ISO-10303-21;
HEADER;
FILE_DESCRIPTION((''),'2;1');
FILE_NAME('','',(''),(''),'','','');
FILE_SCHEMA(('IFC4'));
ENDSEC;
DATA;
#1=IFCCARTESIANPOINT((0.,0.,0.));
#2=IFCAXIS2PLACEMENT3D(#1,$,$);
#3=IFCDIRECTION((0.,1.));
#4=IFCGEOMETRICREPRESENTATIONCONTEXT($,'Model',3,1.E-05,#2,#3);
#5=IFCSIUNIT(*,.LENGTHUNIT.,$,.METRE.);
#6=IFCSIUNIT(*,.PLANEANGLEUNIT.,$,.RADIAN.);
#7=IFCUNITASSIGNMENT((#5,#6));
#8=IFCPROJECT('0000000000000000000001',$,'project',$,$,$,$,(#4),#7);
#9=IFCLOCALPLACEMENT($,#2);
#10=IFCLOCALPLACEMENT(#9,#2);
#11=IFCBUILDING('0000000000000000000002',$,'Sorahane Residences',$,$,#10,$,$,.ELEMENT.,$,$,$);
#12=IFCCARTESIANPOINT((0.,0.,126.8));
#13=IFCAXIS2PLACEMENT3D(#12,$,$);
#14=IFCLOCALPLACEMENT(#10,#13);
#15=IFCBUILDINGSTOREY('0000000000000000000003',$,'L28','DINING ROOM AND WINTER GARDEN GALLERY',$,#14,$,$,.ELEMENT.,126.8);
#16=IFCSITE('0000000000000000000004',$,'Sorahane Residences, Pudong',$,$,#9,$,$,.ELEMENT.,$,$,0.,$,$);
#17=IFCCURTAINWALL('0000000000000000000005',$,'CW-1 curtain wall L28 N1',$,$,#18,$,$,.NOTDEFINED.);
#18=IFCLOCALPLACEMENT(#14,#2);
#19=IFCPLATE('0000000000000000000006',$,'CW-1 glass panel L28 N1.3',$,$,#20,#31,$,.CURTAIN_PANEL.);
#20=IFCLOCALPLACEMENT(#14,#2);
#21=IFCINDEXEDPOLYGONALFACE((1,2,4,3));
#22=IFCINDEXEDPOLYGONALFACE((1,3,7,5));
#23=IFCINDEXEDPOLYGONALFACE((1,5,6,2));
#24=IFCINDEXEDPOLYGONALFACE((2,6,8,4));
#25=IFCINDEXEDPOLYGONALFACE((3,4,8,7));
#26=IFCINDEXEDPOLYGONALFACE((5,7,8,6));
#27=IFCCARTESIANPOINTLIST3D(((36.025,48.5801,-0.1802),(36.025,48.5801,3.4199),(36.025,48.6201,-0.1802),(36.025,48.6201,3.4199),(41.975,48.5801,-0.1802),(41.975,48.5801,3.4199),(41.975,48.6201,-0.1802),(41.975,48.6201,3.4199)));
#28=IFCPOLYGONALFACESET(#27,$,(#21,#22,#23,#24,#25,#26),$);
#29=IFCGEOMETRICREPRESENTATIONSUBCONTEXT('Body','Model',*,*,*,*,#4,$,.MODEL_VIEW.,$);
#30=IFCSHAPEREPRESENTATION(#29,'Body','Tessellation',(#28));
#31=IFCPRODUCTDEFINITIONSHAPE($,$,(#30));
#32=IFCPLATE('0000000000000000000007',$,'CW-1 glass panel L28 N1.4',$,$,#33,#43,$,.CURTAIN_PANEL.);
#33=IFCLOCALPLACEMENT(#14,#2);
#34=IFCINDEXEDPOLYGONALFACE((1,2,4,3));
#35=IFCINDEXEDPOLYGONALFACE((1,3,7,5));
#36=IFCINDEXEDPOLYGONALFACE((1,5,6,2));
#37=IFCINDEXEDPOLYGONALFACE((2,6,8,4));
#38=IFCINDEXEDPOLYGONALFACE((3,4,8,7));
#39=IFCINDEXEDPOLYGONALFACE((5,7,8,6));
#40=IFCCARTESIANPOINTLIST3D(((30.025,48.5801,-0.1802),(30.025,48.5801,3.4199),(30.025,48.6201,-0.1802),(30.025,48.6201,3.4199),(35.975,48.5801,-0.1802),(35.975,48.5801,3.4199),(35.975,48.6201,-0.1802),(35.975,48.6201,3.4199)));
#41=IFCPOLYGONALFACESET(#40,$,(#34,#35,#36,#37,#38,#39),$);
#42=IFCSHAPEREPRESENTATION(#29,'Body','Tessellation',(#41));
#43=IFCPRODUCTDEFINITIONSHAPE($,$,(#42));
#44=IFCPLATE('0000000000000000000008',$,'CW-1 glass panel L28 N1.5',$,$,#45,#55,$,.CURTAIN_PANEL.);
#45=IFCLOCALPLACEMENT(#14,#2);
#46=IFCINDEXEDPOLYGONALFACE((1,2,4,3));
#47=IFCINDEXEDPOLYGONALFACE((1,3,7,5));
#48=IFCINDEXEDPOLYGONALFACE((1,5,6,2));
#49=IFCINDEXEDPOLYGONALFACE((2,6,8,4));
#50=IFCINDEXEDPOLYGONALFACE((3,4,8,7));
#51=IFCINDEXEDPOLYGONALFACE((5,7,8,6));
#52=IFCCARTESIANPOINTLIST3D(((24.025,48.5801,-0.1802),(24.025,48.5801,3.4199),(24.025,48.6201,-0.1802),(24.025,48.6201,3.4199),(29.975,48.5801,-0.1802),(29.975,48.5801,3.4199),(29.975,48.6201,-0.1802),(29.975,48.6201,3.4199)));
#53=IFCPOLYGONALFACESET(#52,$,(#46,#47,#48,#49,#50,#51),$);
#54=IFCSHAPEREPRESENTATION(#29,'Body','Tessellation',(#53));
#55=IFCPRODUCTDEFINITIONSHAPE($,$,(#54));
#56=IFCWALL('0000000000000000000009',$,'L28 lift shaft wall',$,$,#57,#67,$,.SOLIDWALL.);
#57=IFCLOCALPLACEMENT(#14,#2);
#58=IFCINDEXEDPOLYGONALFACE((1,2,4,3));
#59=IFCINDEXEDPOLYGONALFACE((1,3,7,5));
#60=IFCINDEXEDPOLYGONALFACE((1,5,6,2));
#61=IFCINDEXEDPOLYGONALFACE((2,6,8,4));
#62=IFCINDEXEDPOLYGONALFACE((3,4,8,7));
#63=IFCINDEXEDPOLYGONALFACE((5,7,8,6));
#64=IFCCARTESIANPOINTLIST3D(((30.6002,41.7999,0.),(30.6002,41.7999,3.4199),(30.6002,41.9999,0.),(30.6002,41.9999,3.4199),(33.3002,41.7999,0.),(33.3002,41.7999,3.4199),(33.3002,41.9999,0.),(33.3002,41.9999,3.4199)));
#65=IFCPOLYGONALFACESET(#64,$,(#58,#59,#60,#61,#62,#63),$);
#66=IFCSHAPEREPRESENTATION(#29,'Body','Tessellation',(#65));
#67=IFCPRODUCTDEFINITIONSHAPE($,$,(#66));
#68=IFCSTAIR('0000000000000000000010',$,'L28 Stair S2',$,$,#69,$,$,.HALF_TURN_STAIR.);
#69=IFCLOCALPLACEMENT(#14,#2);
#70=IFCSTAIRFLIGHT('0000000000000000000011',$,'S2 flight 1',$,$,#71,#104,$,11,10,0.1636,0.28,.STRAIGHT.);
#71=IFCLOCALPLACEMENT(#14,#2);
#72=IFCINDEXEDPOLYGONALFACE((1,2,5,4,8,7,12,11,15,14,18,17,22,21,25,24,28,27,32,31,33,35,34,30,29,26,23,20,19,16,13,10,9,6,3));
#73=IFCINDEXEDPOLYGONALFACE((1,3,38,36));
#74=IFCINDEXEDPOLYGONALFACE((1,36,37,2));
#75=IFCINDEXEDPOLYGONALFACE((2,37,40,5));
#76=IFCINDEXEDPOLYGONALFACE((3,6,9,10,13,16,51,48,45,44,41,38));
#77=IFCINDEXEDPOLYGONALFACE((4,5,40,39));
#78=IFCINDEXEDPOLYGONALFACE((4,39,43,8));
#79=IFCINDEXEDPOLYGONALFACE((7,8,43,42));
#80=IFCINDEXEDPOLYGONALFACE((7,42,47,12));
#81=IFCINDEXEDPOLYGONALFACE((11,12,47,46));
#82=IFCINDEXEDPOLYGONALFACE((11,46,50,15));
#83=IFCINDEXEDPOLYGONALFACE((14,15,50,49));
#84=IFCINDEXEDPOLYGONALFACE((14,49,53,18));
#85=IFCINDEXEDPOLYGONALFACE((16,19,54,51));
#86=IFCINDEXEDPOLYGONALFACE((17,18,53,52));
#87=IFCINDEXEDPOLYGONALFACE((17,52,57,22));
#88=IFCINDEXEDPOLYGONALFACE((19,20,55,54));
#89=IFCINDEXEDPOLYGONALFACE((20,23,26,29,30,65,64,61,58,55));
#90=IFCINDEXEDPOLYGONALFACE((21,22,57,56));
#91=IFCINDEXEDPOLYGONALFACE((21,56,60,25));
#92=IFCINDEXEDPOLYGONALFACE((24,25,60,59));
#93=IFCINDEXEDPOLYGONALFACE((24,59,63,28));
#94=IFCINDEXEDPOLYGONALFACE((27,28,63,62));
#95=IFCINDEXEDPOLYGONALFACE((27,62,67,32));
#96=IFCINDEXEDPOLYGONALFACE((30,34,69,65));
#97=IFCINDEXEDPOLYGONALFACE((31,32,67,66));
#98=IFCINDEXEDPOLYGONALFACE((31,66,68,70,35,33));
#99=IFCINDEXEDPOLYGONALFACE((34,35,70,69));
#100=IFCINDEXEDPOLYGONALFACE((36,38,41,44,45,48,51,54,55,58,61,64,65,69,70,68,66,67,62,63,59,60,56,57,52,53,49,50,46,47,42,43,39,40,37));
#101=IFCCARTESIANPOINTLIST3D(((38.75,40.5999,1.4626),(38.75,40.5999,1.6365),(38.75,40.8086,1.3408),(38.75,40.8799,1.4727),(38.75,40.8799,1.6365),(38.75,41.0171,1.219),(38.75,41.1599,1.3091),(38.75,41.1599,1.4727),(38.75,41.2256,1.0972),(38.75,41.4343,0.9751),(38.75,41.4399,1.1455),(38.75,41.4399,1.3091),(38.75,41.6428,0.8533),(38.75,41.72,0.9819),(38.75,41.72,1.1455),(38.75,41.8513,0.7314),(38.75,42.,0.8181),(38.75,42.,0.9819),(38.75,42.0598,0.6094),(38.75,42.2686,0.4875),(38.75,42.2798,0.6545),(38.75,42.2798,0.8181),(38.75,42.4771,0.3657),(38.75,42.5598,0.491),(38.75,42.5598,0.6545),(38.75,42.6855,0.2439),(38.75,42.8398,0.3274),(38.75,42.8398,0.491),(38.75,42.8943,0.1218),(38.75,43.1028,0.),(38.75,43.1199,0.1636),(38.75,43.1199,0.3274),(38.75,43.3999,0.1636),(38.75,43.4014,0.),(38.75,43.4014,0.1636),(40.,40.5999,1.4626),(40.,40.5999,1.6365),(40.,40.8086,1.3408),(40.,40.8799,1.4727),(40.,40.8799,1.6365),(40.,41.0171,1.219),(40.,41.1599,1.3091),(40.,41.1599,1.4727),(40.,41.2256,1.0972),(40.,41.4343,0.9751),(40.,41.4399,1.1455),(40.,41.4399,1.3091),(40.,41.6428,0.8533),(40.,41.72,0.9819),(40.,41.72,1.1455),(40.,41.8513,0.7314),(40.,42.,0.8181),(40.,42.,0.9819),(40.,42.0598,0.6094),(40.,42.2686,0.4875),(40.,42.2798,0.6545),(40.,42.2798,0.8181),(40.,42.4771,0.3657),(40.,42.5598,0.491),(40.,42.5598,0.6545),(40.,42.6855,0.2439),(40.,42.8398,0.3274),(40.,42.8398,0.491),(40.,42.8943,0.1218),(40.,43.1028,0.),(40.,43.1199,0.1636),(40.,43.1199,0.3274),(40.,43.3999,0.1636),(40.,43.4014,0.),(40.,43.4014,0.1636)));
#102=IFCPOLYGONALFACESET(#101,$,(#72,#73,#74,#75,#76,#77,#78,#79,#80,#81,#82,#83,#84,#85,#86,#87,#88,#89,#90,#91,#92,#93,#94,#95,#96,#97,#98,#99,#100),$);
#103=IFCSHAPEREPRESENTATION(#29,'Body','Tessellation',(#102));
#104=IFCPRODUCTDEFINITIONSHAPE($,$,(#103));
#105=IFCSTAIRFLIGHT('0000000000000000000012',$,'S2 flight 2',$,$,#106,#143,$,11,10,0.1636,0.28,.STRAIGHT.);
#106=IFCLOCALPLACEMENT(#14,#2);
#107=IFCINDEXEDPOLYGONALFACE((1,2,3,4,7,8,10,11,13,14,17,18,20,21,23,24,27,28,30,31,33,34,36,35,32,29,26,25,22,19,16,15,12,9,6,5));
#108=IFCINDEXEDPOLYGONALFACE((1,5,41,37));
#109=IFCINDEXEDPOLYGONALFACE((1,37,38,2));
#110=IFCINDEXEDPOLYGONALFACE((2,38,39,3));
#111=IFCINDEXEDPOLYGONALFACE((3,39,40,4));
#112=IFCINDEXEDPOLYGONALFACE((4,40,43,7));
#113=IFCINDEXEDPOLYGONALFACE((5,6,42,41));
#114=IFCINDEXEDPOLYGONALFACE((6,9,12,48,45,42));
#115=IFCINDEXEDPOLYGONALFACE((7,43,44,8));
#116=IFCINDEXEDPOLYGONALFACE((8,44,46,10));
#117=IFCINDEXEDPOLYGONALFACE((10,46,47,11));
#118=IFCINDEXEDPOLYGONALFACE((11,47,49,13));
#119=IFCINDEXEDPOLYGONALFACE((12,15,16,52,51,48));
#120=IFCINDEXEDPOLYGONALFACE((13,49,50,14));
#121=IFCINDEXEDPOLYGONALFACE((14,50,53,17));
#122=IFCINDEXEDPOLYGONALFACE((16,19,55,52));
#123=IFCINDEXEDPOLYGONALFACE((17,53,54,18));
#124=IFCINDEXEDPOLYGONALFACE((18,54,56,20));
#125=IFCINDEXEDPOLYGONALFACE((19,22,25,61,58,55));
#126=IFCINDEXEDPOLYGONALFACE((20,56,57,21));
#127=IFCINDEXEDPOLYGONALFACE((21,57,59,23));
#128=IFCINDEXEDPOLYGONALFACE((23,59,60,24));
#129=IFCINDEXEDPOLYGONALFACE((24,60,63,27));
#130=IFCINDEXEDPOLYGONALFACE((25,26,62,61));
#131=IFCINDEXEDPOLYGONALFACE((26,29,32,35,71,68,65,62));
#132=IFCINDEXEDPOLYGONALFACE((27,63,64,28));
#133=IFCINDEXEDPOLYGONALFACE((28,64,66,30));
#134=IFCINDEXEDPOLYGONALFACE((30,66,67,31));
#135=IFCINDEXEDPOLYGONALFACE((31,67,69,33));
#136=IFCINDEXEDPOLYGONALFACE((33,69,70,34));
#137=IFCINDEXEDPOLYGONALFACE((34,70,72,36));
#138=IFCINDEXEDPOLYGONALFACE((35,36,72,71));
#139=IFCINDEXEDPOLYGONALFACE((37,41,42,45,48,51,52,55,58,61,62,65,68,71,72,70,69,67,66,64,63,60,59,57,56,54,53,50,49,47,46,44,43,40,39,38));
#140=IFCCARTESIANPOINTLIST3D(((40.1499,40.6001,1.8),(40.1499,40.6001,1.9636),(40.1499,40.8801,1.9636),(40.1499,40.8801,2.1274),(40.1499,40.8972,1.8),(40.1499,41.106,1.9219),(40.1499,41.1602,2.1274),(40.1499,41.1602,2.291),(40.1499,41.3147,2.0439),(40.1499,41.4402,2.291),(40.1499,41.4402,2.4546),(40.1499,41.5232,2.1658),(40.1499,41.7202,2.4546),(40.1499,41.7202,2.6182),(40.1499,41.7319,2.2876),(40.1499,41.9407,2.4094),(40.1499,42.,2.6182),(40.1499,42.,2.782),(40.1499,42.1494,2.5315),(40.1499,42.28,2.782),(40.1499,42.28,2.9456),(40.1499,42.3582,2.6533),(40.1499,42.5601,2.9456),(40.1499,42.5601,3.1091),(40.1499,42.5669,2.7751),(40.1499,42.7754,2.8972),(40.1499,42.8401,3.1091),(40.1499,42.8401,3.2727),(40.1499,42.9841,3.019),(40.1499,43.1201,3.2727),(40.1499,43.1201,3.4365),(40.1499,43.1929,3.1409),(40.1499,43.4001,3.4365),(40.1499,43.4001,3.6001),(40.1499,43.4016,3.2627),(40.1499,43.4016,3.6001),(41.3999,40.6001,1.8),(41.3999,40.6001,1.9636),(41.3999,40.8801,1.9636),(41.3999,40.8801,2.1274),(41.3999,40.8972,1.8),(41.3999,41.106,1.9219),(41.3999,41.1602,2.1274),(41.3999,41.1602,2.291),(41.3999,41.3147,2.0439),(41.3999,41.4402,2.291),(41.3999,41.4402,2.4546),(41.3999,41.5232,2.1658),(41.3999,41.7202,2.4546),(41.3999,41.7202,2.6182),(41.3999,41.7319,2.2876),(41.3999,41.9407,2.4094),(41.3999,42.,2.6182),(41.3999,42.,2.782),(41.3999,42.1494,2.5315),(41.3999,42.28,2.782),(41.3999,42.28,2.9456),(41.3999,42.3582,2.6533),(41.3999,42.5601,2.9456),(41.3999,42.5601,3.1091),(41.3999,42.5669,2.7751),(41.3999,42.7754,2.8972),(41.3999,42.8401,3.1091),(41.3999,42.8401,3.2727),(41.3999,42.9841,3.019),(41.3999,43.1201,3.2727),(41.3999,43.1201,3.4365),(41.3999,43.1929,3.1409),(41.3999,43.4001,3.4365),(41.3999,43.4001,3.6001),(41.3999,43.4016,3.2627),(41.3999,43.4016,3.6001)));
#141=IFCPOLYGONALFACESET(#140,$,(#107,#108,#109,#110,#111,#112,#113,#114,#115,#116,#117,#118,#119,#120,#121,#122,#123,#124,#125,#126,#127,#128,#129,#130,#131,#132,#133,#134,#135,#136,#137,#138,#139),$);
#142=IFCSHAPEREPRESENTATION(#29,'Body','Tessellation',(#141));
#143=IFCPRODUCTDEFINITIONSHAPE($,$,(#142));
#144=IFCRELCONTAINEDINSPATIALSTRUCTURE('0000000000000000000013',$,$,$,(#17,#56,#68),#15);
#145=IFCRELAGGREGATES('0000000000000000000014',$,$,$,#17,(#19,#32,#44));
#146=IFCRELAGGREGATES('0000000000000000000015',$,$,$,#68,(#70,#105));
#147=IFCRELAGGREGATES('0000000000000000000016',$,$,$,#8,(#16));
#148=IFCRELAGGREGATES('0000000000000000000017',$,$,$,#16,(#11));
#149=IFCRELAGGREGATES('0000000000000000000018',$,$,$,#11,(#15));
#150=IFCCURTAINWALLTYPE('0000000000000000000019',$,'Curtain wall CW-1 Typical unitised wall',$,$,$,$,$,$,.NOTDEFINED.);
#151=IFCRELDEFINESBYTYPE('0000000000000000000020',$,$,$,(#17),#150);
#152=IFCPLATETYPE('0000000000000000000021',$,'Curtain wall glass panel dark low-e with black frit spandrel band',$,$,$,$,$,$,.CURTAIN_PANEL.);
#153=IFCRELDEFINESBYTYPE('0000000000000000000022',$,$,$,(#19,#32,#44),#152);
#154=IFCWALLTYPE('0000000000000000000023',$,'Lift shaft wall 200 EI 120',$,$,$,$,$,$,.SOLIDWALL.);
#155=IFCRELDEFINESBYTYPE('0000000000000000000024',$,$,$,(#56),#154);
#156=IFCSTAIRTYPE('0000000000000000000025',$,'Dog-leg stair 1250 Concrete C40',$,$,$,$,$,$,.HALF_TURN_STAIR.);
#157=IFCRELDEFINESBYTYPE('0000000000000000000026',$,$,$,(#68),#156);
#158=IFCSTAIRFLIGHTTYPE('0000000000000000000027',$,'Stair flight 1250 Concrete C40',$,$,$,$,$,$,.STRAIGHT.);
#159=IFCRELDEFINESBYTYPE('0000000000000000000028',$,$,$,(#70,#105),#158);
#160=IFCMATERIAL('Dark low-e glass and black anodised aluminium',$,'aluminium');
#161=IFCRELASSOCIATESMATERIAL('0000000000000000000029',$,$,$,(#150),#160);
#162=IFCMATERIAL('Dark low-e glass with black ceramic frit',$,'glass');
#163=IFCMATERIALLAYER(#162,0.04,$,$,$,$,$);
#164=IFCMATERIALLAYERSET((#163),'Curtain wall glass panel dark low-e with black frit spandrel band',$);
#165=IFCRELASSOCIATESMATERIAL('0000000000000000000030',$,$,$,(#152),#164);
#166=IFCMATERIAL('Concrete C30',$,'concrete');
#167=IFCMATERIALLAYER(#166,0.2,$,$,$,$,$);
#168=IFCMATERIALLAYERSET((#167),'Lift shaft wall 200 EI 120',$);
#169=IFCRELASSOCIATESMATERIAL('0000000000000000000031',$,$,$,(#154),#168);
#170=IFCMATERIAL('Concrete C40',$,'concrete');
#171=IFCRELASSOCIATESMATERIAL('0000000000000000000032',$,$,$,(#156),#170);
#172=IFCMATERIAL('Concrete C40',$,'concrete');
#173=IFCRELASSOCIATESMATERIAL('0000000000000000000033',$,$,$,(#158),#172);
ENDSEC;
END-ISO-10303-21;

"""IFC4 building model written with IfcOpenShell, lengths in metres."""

from ifc_helpers import new_model, si_unit, direction, frame, frame_2d, origin, origin_2d, place, context, subcontext, project, spatial, polyline, rectangle, outline, extrude, material, layer, layer_set, type_object, element, aggregate, save


model = new_model("IFC4")

# Units and contexts
model_context = context("Model", 3, precision=1e-05, world=origin(), true_north=direction((0.0, 1.0)))
body_context = subcontext(model_context, "Body", "Model", "MODEL_VIEW")
ifc_project = project(units=[si_unit("LENGTHUNIT", "METRE"), si_unit("PLANEANGLEUNIT", "RADIAN")], contexts=[model_context])

# Site, building, storey
site_placement = place(None, origin())
site = spatial("IfcSite", under=ifc_project, at=site_placement, Name="Sorahane Residences, Pudong", CompositionType="ELEMENT", RefElevation=0.0)
building_placement = place(site_placement, origin())
building = spatial("IfcBuilding", under=site, at=building_placement, Name="Sorahane Residences", CompositionType="ELEMENT")
storey_placement = place(building_placement, frame((0.0, 0.0, 126.8)))
storey = spatial("IfcBuildingStorey", under=building, at=storey_placement, Name="L28", Description="DINING ROOM AND WINTER GARDEN GALLERY", CompositionType="ELEMENT", Elevation=126.8)

# Curtain wall
ifc_material_1 = material(Name="Dark low-e glass and black anodised aluminium", Category="aluminium")
curtain_wall_type = type_object("IfcCurtainWallType", Name="Curtain wall CW-1 Typical unitised wall", PredefinedType="NOTDEFINED", material=ifc_material_1)
curtain_wall_placement = place(storey_placement, origin())
curtain_wall = element("IfcCurtainWall", 1, at=curtain_wall_placement, inside=storey, type_object=curtain_wall_type, Name="CW-1 curtain wall L28 N1", PredefinedType="NOTDEFINED")

# Plates
ifc_material_2 = material(Name="Dark low-e glass with black ceramic frit", Category="glass")
ifc_layer_1 = layer(ifc_material_2, 0.04)
ifc_layer_set_1 = layer_set([ifc_layer_1], Name="Curtain wall glass panel dark low-e with black frit spandrel band")
plate_type = type_object("IfcPlateType", Name="Curtain wall glass panel dark low-e with black frit spandrel band", PredefinedType="CURTAIN_PANEL", material=ifc_layer_set_1)
plate_1_placement = place(storey_placement, frame((39.0, 48.6001, -0.1802), z_axis=(0.0, 0.0, 1.0), x_axis=(-1.0, 0.0, 0.0)))
plate_1 = element("IfcPlate", 2, at=plate_1_placement, type_object=plate_type, Name="CW-1 glass panel L28 N1.3", PredefinedType="CURTAIN_PANEL", context=body_context, shape_type="SweptSolid", body=[
    extrude(rectangle(XDim=5.95, YDim=0.04, at=origin_2d()), origin(), (0.0, 0.0, 1.0), 3.6001),
])
plate_2_placement = place(storey_placement, frame((33.0, 48.6001, -0.1802), z_axis=(0.0, 0.0, 1.0), x_axis=(-1.0, 0.0, 0.0)))
plate_2 = element("IfcPlate", 3, at=plate_2_placement, type_object=plate_type, Name="CW-1 glass panel L28 N1.4", PredefinedType="CURTAIN_PANEL", context=body_context, shape_type="SweptSolid", body=[
    extrude(rectangle(XDim=5.95, YDim=0.04, at=origin_2d()), origin(), (0.0, 0.0, 1.0), 3.6001),
])
plate_3_placement = place(storey_placement, frame((27.0, 48.6001, -0.1802), z_axis=(0.0, 0.0, 1.0), x_axis=(-1.0, 0.0, 0.0)))
plate_3 = element("IfcPlate", 4, at=plate_3_placement, type_object=plate_type, Name="CW-1 glass panel L28 N1.5", PredefinedType="CURTAIN_PANEL", context=body_context, shape_type="SweptSolid", body=[
    extrude(rectangle(XDim=5.95, YDim=0.04, at=origin_2d()), origin(), (0.0, 0.0, 1.0), 3.6001),
])
aggregate(curtain_wall, [plate_1, plate_2, plate_3])

# Wall
ifc_material_3 = material(Name="Concrete C30", Category="concrete")
ifc_layer_2 = layer(ifc_material_3, 0.2)
ifc_layer_set_2 = layer_set([ifc_layer_2], Name="Lift shaft wall 200 EI 120")
wall_type = type_object("IfcWallType", Name="Lift shaft wall 200 EI 120", PredefinedType="SOLIDWALL", material=ifc_layer_set_2)
wall_placement = place(storey_placement, frame((30.6001, 41.8999, 0.0), z_axis=(0.0, 0.0, 1.0), x_axis=(1.0, 0.0, 0.0)))
element("IfcWall", 5, at=wall_placement, inside=storey, type_object=wall_type, Name="L28 lift shaft wall", PredefinedType="SOLIDWALL", context=body_context, shape_type="SweptSolid", body=[
    extrude(rectangle(XDim=2.7, YDim=0.2, at=frame_2d((1.3501, 0.0))), origin(), (0.0, 0.0, 1.0), 3.4199),
])

# Stair, stair flights
ifc_material_4 = material(Name="Concrete C40", Category="concrete")
stair_type = type_object("IfcStairType", Name="Dog-leg stair 1250 Concrete C40", PredefinedType="HALF_TURN_STAIR", material=ifc_material_4)
stair_placement = place(storey_placement, origin())
stair = element("IfcStair", 6, at=stair_placement, inside=storey, type_object=stair_type, Name="L28 Stair S2", PredefinedType="HALF_TURN_STAIR")
ifc_material_5 = material(Name="Concrete C40", Category="concrete")
stair_flight_type = type_object("IfcStairFlightType", Name="Stair flight 1250 Concrete C40", PredefinedType="STRAIGHT", material=ifc_material_5)
stair_flight_1_placement = place(storey_placement, frame((39.375, 43.3999, 0.0), z_axis=(0.0, 0.0, 1.0), x_axis=(0.0, -1.0, 0.0)))
stair_flight_1 = element("IfcStairFlight", 7, at=stair_flight_1_placement, type_object=stair_flight_type, Name="S2 flight 1", NumberOfRisers=11, NumberOfTreads=10, PredefinedType="STRAIGHT", RiserHeight=0.1636, TreadLength=0.28, context=body_context, shape_type="SweptSolid", body=[
    extrude(outline(polyline([(-0.0015, 0.0), (-0.0015, 0.1636), (0.0, 0.1636), (0.28, 0.1636), (0.28, 0.3274), (0.5601, 0.3274), (0.5601, 0.491), (0.8401, 0.491), (0.8401, 0.6545), (1.1201, 0.6545), (1.1201, 0.8181), (1.3999, 0.8181), (1.3999, 0.9819), (1.6799, 0.9819), (1.6799, 1.1455), (1.96, 1.1455), (1.96, 1.3091), (2.24, 1.3091), (2.24, 1.4727), (2.52, 1.4727), (2.52, 1.6365), (2.8, 1.6365), (2.8, 1.8), (2.8, 1.4626), (2.5913, 1.3408), (2.3828, 1.219), (2.1743, 1.0972), (1.9656, 0.9751), (1.7571, 0.8533), (1.5486, 0.7314), (1.3401, 0.6094), (1.1313, 0.4875), (0.9229, 0.3657), (0.7144, 0.2439), (0.5056, 0.1218), (0.2971, 0.0), (-0.0015, 0.0)])), frame((0.0, 0.625, 0.0), z_axis=(0.0, -1.0, 0.0), x_axis=(1.0, 0.0, 0.0)), (0.0, 0.0, 1.0), 1.25),
])
stair_flight_2_placement = place(storey_placement, frame((40.7749, 40.6001, 1.8), z_axis=(0.0, 0.0, 1.0), x_axis=(0.0, 1.0, 0.0)))
stair_flight_2 = element("IfcStairFlight", 8, at=stair_flight_2_placement, type_object=stair_flight_type, Name="S2 flight 2", NumberOfRisers=11, NumberOfTreads=10, PredefinedType="STRAIGHT", RiserHeight=0.1636, TreadLength=0.28, context=body_context, shape_type="SweptSolid", body=[
    extrude(outline(polyline([(0.0, 0.0), (0.0, 0.1636), (0.28, 0.1636), (0.28, 0.3274), (0.5601, 0.3274), (0.5601, 0.491), (0.8401, 0.491), (0.8401, 0.6545), (1.1201, 0.6545), (1.1201, 0.8181), (1.3999, 0.8181), (1.3999, 0.9819), (1.6799, 0.9819), (1.6799, 1.1455), (1.96, 1.1455), (1.96, 1.3091), (2.24, 1.3091), (2.24, 1.4727), (2.52, 1.4727), (2.52, 1.6365), (2.8, 1.6365), (2.8, 1.8), (2.8015, 1.8), (2.8015, 1.4626), (2.5928, 1.3408), (2.384, 1.219), (2.1753, 1.0972), (1.9668, 0.9751), (1.7581, 0.8533), (1.5493, 0.7314), (1.3406, 0.6094), (1.1318, 0.4875), (0.9231, 0.3657), (0.7146, 0.2439), (0.5059, 0.1218), (0.2971, 0.0), (0.0, 0.0)])), frame((0.0, 0.625, 0.0), z_axis=(0.0, -1.0, 0.0), x_axis=(1.0, 0.0, 0.0)), (0.0, 0.0, 1.0), 1.25),
])
aggregate(stair, [stair_flight_1, stair_flight_2])

save(model, "model.ifc")
